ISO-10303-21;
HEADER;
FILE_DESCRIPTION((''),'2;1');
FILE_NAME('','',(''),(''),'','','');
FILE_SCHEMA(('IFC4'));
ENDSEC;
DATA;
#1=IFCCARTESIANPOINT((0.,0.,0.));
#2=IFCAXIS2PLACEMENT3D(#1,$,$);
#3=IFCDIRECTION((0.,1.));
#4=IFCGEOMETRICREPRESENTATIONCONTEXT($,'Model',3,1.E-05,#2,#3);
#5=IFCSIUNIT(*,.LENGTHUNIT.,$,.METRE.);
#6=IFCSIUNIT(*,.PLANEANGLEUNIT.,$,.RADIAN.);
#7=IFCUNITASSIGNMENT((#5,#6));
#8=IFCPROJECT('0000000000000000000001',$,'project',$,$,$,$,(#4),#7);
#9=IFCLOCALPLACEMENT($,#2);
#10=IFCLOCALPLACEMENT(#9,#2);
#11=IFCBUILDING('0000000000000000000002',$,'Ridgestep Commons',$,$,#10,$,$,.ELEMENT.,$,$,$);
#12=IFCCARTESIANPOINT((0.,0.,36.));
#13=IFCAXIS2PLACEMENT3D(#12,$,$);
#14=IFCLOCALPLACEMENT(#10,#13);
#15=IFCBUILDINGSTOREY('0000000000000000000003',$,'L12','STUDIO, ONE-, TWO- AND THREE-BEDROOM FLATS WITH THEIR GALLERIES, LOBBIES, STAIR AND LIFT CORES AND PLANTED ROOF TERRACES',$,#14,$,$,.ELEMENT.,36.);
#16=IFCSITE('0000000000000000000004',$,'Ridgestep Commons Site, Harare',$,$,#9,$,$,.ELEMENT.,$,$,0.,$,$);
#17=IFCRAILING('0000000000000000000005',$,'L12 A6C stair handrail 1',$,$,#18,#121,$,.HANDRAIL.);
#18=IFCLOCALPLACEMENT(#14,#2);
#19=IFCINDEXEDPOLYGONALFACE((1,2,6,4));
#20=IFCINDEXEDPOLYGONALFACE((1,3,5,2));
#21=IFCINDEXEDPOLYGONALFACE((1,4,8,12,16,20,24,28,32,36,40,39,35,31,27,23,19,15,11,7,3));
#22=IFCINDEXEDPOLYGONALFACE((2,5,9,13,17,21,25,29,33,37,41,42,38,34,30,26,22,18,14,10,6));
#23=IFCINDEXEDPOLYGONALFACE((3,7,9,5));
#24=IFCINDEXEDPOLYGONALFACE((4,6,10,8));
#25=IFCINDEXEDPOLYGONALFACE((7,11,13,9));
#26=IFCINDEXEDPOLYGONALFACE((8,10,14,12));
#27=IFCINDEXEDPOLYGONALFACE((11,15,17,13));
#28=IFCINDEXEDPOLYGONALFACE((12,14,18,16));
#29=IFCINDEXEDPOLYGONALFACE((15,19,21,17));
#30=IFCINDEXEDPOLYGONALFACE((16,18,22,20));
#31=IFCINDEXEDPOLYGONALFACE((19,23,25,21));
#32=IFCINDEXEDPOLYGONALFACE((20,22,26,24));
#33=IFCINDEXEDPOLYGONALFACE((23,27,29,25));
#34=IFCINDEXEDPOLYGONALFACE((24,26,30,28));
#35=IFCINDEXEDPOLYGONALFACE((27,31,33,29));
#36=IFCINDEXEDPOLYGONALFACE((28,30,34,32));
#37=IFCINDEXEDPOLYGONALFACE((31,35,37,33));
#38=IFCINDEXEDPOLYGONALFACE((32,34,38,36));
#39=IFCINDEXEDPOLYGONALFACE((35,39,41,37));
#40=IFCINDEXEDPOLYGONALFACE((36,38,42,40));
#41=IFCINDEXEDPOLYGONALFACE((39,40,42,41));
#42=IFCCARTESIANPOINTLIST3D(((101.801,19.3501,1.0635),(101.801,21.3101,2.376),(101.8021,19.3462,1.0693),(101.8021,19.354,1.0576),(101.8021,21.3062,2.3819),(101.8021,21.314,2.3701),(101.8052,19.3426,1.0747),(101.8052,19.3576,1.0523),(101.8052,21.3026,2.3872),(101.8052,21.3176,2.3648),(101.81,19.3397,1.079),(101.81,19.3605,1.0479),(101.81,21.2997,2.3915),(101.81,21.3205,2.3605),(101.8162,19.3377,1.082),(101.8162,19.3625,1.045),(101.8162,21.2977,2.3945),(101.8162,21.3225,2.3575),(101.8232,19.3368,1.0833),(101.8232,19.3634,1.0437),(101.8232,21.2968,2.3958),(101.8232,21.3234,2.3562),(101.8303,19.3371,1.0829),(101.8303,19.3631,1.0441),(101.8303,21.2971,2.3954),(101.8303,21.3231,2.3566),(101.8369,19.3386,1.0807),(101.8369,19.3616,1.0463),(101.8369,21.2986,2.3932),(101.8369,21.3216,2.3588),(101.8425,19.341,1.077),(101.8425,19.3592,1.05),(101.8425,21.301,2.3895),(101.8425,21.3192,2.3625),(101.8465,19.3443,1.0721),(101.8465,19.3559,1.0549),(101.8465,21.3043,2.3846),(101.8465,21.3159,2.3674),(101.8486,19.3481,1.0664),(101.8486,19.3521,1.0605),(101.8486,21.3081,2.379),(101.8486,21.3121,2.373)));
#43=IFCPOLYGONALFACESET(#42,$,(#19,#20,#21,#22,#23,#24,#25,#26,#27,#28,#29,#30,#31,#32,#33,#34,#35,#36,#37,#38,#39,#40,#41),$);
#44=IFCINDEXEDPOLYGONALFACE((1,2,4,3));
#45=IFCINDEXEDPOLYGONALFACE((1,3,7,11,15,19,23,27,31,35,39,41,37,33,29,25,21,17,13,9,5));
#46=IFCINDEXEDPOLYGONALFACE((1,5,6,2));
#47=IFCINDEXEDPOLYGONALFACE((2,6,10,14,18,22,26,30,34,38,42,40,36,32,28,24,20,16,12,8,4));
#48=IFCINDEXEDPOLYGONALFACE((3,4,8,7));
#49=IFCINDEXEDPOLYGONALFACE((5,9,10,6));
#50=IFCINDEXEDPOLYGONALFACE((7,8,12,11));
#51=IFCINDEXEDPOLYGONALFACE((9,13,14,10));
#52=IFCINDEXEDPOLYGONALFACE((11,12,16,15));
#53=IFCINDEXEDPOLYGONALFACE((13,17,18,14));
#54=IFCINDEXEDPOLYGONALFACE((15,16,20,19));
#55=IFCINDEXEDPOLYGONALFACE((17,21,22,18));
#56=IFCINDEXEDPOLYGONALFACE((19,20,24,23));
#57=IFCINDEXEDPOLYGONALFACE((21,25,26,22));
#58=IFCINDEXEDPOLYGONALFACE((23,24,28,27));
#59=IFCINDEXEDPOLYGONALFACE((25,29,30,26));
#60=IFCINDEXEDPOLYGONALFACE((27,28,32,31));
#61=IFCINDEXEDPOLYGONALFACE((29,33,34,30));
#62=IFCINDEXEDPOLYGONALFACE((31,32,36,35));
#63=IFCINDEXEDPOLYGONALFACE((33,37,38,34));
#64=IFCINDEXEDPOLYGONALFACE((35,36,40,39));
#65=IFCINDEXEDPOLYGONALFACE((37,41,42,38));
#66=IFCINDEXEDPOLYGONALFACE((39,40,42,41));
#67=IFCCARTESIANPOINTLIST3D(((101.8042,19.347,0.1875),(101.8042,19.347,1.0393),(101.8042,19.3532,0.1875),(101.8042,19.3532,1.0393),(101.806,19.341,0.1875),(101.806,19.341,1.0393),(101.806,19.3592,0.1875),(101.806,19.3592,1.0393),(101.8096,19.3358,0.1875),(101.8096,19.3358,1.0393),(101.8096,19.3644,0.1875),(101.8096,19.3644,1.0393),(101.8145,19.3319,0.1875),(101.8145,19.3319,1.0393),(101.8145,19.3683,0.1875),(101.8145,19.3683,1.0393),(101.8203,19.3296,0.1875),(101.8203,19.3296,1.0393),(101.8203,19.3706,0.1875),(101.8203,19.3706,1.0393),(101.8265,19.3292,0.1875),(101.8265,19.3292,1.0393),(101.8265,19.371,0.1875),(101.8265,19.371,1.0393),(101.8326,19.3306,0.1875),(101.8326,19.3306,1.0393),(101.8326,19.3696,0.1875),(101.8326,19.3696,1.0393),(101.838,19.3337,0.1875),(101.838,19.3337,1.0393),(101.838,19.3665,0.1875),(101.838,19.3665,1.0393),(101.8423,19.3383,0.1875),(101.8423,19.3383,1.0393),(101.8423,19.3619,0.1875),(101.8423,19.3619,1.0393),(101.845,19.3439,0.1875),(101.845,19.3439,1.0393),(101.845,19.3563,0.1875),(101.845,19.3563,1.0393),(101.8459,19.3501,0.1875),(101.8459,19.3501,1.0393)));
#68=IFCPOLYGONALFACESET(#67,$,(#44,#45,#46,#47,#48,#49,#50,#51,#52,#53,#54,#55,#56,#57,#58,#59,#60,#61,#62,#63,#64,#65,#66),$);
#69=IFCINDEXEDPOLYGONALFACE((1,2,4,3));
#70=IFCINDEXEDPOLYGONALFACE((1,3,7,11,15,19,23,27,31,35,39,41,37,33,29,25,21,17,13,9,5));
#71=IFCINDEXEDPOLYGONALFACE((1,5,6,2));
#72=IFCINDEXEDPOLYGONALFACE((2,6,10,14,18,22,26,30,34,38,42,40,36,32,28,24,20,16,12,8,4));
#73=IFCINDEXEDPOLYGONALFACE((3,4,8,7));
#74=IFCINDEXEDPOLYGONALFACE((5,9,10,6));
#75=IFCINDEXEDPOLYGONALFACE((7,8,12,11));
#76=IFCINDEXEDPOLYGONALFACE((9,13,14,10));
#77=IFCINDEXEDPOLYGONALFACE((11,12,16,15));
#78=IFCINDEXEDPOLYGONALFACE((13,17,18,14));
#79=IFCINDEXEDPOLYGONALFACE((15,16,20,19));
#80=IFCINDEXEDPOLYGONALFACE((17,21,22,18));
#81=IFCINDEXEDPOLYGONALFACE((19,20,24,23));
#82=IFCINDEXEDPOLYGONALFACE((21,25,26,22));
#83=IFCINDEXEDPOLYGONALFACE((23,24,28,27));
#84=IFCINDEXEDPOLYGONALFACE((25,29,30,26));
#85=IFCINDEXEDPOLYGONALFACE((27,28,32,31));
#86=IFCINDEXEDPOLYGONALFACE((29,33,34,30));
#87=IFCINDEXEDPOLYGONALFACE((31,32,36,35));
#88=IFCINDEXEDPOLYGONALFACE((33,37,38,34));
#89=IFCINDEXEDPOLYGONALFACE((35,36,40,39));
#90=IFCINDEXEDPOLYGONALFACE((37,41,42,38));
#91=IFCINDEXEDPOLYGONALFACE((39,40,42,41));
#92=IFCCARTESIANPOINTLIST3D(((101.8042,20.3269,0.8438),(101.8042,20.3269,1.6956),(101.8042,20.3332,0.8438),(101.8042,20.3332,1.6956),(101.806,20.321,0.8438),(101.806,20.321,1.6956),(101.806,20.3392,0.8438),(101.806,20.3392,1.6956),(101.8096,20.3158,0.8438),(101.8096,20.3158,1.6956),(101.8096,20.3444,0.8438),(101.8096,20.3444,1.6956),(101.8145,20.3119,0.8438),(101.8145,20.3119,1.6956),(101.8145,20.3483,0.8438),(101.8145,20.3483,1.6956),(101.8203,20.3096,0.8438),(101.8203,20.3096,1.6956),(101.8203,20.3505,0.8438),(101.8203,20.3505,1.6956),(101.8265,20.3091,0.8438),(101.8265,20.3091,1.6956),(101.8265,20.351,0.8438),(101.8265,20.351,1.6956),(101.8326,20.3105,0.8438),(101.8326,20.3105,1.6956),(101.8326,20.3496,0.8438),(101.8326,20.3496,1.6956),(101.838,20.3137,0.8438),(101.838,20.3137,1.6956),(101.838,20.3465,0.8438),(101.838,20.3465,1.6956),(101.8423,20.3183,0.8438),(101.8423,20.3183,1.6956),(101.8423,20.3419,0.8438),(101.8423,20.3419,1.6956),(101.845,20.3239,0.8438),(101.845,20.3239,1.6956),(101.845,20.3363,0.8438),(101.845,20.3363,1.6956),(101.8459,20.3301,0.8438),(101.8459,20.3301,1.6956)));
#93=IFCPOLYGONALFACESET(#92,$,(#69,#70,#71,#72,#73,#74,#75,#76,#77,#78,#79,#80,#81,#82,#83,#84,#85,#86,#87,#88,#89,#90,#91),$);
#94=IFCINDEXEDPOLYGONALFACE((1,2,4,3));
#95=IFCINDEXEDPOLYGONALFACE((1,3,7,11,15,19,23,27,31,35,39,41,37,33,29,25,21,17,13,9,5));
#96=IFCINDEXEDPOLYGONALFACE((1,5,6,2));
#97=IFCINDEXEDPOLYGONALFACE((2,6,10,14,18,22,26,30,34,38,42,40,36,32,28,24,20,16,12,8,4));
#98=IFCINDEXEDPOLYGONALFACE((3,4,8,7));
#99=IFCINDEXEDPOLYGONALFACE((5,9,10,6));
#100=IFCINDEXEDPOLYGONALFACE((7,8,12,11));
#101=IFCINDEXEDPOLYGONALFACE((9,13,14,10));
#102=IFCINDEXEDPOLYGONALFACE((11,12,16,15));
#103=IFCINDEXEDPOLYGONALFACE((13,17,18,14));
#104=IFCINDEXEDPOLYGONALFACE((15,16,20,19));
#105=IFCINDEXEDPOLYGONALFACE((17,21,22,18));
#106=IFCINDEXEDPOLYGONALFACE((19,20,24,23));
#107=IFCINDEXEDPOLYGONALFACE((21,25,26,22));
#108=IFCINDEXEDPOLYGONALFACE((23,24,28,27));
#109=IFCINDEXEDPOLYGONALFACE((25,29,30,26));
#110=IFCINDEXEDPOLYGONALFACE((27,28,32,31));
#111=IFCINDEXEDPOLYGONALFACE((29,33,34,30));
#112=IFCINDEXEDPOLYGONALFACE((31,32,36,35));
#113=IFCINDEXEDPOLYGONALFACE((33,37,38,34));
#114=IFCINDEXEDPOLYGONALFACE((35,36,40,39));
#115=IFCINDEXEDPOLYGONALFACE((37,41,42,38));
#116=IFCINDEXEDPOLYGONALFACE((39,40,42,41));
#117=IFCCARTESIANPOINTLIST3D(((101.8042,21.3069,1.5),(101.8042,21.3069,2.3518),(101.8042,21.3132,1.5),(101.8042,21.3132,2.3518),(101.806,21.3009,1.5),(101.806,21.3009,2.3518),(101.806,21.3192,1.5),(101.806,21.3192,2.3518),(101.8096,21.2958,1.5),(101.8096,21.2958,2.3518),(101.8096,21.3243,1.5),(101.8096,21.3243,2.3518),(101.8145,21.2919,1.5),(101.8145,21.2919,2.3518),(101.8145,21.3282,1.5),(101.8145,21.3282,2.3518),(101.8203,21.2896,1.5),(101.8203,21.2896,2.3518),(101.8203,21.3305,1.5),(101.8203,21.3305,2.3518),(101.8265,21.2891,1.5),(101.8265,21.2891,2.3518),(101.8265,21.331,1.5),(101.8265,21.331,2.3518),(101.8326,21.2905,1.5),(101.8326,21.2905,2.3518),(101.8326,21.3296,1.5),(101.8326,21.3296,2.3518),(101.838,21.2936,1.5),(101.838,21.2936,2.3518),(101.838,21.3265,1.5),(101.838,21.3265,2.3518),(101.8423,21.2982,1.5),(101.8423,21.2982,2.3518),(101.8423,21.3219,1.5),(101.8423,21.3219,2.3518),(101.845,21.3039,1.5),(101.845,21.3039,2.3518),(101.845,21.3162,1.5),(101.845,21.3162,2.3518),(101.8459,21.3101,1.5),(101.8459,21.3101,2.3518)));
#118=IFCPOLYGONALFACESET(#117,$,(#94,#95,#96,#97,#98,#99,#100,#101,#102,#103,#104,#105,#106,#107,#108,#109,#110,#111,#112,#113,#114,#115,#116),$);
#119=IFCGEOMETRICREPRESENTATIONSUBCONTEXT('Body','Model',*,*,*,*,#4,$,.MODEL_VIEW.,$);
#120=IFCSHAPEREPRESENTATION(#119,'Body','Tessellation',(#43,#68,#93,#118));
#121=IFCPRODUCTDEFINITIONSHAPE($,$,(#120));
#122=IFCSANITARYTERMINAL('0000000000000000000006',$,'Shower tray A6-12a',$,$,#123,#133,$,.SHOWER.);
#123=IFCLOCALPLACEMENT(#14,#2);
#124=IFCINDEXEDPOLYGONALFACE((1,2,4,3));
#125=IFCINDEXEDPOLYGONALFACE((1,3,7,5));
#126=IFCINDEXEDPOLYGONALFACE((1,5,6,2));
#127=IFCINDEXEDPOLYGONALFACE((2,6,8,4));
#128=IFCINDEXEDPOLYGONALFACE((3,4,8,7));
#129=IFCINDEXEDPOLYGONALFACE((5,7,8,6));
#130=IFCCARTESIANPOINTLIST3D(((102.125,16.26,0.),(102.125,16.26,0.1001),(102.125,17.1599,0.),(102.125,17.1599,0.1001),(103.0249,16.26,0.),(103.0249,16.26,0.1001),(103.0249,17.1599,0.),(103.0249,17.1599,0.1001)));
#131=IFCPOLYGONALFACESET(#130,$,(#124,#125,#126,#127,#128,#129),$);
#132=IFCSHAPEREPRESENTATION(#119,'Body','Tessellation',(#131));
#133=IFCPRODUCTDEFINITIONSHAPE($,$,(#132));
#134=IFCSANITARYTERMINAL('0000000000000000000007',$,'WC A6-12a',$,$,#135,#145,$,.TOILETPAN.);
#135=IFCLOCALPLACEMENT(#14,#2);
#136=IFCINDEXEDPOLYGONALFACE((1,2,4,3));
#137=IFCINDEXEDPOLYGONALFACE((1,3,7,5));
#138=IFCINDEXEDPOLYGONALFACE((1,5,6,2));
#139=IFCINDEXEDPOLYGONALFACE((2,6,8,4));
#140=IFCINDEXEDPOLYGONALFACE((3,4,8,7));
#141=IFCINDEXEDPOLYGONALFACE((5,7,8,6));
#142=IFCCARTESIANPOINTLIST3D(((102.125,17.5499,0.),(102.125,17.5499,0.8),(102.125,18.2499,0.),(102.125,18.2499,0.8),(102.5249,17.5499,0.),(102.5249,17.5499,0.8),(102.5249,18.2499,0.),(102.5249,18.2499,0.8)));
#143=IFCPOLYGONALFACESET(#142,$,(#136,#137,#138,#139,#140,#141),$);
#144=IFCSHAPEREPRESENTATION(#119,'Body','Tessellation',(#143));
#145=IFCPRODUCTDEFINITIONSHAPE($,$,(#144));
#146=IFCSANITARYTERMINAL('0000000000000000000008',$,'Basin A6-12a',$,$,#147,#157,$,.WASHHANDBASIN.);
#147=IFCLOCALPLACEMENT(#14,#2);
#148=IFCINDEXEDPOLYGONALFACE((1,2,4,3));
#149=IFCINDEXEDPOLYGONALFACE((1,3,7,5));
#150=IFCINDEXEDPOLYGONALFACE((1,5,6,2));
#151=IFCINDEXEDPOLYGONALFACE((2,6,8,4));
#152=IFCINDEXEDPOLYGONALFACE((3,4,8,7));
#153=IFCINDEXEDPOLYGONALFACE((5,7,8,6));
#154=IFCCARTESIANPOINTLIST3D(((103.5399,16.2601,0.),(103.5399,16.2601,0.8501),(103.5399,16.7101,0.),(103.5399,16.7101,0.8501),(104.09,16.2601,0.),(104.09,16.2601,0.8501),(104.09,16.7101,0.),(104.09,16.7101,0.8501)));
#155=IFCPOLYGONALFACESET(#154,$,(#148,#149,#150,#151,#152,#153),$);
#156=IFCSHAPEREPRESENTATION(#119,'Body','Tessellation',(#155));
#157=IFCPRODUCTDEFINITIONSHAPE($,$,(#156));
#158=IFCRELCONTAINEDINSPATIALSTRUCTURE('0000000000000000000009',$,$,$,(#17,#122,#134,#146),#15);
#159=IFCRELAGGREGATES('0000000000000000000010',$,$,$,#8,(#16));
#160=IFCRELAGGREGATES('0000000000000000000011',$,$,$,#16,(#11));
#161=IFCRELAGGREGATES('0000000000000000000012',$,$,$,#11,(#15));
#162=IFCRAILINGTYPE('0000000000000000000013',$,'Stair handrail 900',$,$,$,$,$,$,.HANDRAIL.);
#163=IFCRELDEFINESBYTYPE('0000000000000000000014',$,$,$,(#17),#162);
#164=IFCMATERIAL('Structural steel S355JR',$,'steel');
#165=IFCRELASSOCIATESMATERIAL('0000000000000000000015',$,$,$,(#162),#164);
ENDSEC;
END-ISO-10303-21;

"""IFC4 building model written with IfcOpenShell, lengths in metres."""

from ifc_helpers import new_model, si_unit, direction, frame, origin, origin_2d, place, context, subcontext, project, spatial, rectangle, circle, extrude, material, type_object, element, save


model = new_model("IFC4")

# Units and contexts
model_context = context("Model", 3, precision=1e-05, world=origin(), true_north=direction((0.0, 1.0)))
body_context = subcontext(model_context, "Body", "Model", "MODEL_VIEW")
ifc_project = project(units=[si_unit("LENGTHUNIT", "METRE"), si_unit("PLANEANGLEUNIT", "RADIAN")], contexts=[model_context])

# Site, building, storey
site_placement = place(None, origin())
site = spatial("IfcSite", under=ifc_project, at=site_placement, Name="Ridgestep Commons Site, Harare", CompositionType="ELEMENT", RefElevation=0.0)
building_placement = place(site_placement, origin())
building = spatial("IfcBuilding", under=site, at=building_placement, Name="Ridgestep Commons", CompositionType="ELEMENT")
storey_placement = place(building_placement, frame((0.0, 0.0, 36.0)))
storey = spatial("IfcBuildingStorey", under=building, at=storey_placement, Name="L12", Description="STUDIO, ONE-, TWO- AND THREE-BEDROOM FLATS WITH THEIR GALLERIES, LOBBIES, STAIR AND LIFT CORES AND PLANTED ROOF TERRACES", CompositionType="ELEMENT", Elevation=36.0)

# Railing
ifc_material_1 = material(Name="Structural steel S355JR", Category="steel")
railing_type_1 = type_object("IfcRailingType", Name="Stair handrail 900", PredefinedType="HANDRAIL", material=ifc_material_1)
railing_1_placement = place(storey_placement, frame((101.825, 19.3501, 0.1875)))
element("IfcRailing", 1, at=railing_1_placement, inside=storey, type_object=railing_type_1, Name="L12 A6C stair handrail 1", PredefinedType="HANDRAIL", context=body_context, shape_type="SweptSolid", body=[
    extrude(circle(Radius=0.0239, at=origin_2d()), frame((0.0, 0.0, 0.876), z_axis=(0.0, 0.830902, 0.556419), x_axis=(-1.0, 0.0, 0.0)), (0.0, 0.0, 1.0), 2.3589),
    extrude(circle(Radius=0.021, at=origin_2d()), origin(), (0.0, 0.0, 1.0), 0.8518),
    extrude(circle(Radius=0.021, at=origin_2d()), frame((0.0, 0.98, 0.6562)), (0.0, 0.0, 1.0), 0.8518),
    extrude(circle(Radius=0.021, at=origin_2d()), frame((0.0, 1.96, 1.3125)), (0.0, 0.0, 1.0), 0.8518),
])

# Sanitary terminals
sanitary_terminal_1_placement = place(storey_placement, frame((102.575, 16.71, 0.0), z_axis=(0.0, 0.0, 1.0), x_axis=(1.0, 0.0, 0.0)))
element("IfcSanitaryTerminal", 2, at=sanitary_terminal_1_placement, inside=storey, Name="Shower tray A6-12a", PredefinedType="SHOWER", context=body_context, shape_type="SweptSolid", body=[
    extrude(rectangle(XDim=0.8999, YDim=0.8999, at=origin_2d()), origin(), (0.0, 0.0, 1.0), 0.1001),
])
sanitary_terminal_2_placement = place(storey_placement, frame((102.325, 17.8999, 0.0), z_axis=(0.0, 0.0, 1.0), x_axis=(1.0, 0.0, 0.0)))
element("IfcSanitaryTerminal", 3, at=sanitary_terminal_2_placement, inside=storey, Name="WC A6-12a", PredefinedType="TOILETPAN", context=body_context, shape_type="SweptSolid", body=[
    extrude(rectangle(XDim=0.3999, YDim=0.7, at=origin_2d()), origin(), (0.0, 0.0, 1.0), 0.8),
])
sanitary_terminal_3_placement = place(storey_placement, frame((103.8149, 16.4851, 0.0), z_axis=(0.0, 0.0, 1.0), x_axis=(1.0, 0.0, 0.0)))
element("IfcSanitaryTerminal", 4, at=sanitary_terminal_3_placement, inside=storey, Name="Basin A6-12a", PredefinedType="WASHHANDBASIN", context=body_context, shape_type="SweptSolid", body=[
    extrude(rectangle(XDim=0.55, YDim=0.45, at=origin_2d()), origin(), (0.0, 0.0, 1.0), 0.8501),
])

save(model, "model.ifc")
